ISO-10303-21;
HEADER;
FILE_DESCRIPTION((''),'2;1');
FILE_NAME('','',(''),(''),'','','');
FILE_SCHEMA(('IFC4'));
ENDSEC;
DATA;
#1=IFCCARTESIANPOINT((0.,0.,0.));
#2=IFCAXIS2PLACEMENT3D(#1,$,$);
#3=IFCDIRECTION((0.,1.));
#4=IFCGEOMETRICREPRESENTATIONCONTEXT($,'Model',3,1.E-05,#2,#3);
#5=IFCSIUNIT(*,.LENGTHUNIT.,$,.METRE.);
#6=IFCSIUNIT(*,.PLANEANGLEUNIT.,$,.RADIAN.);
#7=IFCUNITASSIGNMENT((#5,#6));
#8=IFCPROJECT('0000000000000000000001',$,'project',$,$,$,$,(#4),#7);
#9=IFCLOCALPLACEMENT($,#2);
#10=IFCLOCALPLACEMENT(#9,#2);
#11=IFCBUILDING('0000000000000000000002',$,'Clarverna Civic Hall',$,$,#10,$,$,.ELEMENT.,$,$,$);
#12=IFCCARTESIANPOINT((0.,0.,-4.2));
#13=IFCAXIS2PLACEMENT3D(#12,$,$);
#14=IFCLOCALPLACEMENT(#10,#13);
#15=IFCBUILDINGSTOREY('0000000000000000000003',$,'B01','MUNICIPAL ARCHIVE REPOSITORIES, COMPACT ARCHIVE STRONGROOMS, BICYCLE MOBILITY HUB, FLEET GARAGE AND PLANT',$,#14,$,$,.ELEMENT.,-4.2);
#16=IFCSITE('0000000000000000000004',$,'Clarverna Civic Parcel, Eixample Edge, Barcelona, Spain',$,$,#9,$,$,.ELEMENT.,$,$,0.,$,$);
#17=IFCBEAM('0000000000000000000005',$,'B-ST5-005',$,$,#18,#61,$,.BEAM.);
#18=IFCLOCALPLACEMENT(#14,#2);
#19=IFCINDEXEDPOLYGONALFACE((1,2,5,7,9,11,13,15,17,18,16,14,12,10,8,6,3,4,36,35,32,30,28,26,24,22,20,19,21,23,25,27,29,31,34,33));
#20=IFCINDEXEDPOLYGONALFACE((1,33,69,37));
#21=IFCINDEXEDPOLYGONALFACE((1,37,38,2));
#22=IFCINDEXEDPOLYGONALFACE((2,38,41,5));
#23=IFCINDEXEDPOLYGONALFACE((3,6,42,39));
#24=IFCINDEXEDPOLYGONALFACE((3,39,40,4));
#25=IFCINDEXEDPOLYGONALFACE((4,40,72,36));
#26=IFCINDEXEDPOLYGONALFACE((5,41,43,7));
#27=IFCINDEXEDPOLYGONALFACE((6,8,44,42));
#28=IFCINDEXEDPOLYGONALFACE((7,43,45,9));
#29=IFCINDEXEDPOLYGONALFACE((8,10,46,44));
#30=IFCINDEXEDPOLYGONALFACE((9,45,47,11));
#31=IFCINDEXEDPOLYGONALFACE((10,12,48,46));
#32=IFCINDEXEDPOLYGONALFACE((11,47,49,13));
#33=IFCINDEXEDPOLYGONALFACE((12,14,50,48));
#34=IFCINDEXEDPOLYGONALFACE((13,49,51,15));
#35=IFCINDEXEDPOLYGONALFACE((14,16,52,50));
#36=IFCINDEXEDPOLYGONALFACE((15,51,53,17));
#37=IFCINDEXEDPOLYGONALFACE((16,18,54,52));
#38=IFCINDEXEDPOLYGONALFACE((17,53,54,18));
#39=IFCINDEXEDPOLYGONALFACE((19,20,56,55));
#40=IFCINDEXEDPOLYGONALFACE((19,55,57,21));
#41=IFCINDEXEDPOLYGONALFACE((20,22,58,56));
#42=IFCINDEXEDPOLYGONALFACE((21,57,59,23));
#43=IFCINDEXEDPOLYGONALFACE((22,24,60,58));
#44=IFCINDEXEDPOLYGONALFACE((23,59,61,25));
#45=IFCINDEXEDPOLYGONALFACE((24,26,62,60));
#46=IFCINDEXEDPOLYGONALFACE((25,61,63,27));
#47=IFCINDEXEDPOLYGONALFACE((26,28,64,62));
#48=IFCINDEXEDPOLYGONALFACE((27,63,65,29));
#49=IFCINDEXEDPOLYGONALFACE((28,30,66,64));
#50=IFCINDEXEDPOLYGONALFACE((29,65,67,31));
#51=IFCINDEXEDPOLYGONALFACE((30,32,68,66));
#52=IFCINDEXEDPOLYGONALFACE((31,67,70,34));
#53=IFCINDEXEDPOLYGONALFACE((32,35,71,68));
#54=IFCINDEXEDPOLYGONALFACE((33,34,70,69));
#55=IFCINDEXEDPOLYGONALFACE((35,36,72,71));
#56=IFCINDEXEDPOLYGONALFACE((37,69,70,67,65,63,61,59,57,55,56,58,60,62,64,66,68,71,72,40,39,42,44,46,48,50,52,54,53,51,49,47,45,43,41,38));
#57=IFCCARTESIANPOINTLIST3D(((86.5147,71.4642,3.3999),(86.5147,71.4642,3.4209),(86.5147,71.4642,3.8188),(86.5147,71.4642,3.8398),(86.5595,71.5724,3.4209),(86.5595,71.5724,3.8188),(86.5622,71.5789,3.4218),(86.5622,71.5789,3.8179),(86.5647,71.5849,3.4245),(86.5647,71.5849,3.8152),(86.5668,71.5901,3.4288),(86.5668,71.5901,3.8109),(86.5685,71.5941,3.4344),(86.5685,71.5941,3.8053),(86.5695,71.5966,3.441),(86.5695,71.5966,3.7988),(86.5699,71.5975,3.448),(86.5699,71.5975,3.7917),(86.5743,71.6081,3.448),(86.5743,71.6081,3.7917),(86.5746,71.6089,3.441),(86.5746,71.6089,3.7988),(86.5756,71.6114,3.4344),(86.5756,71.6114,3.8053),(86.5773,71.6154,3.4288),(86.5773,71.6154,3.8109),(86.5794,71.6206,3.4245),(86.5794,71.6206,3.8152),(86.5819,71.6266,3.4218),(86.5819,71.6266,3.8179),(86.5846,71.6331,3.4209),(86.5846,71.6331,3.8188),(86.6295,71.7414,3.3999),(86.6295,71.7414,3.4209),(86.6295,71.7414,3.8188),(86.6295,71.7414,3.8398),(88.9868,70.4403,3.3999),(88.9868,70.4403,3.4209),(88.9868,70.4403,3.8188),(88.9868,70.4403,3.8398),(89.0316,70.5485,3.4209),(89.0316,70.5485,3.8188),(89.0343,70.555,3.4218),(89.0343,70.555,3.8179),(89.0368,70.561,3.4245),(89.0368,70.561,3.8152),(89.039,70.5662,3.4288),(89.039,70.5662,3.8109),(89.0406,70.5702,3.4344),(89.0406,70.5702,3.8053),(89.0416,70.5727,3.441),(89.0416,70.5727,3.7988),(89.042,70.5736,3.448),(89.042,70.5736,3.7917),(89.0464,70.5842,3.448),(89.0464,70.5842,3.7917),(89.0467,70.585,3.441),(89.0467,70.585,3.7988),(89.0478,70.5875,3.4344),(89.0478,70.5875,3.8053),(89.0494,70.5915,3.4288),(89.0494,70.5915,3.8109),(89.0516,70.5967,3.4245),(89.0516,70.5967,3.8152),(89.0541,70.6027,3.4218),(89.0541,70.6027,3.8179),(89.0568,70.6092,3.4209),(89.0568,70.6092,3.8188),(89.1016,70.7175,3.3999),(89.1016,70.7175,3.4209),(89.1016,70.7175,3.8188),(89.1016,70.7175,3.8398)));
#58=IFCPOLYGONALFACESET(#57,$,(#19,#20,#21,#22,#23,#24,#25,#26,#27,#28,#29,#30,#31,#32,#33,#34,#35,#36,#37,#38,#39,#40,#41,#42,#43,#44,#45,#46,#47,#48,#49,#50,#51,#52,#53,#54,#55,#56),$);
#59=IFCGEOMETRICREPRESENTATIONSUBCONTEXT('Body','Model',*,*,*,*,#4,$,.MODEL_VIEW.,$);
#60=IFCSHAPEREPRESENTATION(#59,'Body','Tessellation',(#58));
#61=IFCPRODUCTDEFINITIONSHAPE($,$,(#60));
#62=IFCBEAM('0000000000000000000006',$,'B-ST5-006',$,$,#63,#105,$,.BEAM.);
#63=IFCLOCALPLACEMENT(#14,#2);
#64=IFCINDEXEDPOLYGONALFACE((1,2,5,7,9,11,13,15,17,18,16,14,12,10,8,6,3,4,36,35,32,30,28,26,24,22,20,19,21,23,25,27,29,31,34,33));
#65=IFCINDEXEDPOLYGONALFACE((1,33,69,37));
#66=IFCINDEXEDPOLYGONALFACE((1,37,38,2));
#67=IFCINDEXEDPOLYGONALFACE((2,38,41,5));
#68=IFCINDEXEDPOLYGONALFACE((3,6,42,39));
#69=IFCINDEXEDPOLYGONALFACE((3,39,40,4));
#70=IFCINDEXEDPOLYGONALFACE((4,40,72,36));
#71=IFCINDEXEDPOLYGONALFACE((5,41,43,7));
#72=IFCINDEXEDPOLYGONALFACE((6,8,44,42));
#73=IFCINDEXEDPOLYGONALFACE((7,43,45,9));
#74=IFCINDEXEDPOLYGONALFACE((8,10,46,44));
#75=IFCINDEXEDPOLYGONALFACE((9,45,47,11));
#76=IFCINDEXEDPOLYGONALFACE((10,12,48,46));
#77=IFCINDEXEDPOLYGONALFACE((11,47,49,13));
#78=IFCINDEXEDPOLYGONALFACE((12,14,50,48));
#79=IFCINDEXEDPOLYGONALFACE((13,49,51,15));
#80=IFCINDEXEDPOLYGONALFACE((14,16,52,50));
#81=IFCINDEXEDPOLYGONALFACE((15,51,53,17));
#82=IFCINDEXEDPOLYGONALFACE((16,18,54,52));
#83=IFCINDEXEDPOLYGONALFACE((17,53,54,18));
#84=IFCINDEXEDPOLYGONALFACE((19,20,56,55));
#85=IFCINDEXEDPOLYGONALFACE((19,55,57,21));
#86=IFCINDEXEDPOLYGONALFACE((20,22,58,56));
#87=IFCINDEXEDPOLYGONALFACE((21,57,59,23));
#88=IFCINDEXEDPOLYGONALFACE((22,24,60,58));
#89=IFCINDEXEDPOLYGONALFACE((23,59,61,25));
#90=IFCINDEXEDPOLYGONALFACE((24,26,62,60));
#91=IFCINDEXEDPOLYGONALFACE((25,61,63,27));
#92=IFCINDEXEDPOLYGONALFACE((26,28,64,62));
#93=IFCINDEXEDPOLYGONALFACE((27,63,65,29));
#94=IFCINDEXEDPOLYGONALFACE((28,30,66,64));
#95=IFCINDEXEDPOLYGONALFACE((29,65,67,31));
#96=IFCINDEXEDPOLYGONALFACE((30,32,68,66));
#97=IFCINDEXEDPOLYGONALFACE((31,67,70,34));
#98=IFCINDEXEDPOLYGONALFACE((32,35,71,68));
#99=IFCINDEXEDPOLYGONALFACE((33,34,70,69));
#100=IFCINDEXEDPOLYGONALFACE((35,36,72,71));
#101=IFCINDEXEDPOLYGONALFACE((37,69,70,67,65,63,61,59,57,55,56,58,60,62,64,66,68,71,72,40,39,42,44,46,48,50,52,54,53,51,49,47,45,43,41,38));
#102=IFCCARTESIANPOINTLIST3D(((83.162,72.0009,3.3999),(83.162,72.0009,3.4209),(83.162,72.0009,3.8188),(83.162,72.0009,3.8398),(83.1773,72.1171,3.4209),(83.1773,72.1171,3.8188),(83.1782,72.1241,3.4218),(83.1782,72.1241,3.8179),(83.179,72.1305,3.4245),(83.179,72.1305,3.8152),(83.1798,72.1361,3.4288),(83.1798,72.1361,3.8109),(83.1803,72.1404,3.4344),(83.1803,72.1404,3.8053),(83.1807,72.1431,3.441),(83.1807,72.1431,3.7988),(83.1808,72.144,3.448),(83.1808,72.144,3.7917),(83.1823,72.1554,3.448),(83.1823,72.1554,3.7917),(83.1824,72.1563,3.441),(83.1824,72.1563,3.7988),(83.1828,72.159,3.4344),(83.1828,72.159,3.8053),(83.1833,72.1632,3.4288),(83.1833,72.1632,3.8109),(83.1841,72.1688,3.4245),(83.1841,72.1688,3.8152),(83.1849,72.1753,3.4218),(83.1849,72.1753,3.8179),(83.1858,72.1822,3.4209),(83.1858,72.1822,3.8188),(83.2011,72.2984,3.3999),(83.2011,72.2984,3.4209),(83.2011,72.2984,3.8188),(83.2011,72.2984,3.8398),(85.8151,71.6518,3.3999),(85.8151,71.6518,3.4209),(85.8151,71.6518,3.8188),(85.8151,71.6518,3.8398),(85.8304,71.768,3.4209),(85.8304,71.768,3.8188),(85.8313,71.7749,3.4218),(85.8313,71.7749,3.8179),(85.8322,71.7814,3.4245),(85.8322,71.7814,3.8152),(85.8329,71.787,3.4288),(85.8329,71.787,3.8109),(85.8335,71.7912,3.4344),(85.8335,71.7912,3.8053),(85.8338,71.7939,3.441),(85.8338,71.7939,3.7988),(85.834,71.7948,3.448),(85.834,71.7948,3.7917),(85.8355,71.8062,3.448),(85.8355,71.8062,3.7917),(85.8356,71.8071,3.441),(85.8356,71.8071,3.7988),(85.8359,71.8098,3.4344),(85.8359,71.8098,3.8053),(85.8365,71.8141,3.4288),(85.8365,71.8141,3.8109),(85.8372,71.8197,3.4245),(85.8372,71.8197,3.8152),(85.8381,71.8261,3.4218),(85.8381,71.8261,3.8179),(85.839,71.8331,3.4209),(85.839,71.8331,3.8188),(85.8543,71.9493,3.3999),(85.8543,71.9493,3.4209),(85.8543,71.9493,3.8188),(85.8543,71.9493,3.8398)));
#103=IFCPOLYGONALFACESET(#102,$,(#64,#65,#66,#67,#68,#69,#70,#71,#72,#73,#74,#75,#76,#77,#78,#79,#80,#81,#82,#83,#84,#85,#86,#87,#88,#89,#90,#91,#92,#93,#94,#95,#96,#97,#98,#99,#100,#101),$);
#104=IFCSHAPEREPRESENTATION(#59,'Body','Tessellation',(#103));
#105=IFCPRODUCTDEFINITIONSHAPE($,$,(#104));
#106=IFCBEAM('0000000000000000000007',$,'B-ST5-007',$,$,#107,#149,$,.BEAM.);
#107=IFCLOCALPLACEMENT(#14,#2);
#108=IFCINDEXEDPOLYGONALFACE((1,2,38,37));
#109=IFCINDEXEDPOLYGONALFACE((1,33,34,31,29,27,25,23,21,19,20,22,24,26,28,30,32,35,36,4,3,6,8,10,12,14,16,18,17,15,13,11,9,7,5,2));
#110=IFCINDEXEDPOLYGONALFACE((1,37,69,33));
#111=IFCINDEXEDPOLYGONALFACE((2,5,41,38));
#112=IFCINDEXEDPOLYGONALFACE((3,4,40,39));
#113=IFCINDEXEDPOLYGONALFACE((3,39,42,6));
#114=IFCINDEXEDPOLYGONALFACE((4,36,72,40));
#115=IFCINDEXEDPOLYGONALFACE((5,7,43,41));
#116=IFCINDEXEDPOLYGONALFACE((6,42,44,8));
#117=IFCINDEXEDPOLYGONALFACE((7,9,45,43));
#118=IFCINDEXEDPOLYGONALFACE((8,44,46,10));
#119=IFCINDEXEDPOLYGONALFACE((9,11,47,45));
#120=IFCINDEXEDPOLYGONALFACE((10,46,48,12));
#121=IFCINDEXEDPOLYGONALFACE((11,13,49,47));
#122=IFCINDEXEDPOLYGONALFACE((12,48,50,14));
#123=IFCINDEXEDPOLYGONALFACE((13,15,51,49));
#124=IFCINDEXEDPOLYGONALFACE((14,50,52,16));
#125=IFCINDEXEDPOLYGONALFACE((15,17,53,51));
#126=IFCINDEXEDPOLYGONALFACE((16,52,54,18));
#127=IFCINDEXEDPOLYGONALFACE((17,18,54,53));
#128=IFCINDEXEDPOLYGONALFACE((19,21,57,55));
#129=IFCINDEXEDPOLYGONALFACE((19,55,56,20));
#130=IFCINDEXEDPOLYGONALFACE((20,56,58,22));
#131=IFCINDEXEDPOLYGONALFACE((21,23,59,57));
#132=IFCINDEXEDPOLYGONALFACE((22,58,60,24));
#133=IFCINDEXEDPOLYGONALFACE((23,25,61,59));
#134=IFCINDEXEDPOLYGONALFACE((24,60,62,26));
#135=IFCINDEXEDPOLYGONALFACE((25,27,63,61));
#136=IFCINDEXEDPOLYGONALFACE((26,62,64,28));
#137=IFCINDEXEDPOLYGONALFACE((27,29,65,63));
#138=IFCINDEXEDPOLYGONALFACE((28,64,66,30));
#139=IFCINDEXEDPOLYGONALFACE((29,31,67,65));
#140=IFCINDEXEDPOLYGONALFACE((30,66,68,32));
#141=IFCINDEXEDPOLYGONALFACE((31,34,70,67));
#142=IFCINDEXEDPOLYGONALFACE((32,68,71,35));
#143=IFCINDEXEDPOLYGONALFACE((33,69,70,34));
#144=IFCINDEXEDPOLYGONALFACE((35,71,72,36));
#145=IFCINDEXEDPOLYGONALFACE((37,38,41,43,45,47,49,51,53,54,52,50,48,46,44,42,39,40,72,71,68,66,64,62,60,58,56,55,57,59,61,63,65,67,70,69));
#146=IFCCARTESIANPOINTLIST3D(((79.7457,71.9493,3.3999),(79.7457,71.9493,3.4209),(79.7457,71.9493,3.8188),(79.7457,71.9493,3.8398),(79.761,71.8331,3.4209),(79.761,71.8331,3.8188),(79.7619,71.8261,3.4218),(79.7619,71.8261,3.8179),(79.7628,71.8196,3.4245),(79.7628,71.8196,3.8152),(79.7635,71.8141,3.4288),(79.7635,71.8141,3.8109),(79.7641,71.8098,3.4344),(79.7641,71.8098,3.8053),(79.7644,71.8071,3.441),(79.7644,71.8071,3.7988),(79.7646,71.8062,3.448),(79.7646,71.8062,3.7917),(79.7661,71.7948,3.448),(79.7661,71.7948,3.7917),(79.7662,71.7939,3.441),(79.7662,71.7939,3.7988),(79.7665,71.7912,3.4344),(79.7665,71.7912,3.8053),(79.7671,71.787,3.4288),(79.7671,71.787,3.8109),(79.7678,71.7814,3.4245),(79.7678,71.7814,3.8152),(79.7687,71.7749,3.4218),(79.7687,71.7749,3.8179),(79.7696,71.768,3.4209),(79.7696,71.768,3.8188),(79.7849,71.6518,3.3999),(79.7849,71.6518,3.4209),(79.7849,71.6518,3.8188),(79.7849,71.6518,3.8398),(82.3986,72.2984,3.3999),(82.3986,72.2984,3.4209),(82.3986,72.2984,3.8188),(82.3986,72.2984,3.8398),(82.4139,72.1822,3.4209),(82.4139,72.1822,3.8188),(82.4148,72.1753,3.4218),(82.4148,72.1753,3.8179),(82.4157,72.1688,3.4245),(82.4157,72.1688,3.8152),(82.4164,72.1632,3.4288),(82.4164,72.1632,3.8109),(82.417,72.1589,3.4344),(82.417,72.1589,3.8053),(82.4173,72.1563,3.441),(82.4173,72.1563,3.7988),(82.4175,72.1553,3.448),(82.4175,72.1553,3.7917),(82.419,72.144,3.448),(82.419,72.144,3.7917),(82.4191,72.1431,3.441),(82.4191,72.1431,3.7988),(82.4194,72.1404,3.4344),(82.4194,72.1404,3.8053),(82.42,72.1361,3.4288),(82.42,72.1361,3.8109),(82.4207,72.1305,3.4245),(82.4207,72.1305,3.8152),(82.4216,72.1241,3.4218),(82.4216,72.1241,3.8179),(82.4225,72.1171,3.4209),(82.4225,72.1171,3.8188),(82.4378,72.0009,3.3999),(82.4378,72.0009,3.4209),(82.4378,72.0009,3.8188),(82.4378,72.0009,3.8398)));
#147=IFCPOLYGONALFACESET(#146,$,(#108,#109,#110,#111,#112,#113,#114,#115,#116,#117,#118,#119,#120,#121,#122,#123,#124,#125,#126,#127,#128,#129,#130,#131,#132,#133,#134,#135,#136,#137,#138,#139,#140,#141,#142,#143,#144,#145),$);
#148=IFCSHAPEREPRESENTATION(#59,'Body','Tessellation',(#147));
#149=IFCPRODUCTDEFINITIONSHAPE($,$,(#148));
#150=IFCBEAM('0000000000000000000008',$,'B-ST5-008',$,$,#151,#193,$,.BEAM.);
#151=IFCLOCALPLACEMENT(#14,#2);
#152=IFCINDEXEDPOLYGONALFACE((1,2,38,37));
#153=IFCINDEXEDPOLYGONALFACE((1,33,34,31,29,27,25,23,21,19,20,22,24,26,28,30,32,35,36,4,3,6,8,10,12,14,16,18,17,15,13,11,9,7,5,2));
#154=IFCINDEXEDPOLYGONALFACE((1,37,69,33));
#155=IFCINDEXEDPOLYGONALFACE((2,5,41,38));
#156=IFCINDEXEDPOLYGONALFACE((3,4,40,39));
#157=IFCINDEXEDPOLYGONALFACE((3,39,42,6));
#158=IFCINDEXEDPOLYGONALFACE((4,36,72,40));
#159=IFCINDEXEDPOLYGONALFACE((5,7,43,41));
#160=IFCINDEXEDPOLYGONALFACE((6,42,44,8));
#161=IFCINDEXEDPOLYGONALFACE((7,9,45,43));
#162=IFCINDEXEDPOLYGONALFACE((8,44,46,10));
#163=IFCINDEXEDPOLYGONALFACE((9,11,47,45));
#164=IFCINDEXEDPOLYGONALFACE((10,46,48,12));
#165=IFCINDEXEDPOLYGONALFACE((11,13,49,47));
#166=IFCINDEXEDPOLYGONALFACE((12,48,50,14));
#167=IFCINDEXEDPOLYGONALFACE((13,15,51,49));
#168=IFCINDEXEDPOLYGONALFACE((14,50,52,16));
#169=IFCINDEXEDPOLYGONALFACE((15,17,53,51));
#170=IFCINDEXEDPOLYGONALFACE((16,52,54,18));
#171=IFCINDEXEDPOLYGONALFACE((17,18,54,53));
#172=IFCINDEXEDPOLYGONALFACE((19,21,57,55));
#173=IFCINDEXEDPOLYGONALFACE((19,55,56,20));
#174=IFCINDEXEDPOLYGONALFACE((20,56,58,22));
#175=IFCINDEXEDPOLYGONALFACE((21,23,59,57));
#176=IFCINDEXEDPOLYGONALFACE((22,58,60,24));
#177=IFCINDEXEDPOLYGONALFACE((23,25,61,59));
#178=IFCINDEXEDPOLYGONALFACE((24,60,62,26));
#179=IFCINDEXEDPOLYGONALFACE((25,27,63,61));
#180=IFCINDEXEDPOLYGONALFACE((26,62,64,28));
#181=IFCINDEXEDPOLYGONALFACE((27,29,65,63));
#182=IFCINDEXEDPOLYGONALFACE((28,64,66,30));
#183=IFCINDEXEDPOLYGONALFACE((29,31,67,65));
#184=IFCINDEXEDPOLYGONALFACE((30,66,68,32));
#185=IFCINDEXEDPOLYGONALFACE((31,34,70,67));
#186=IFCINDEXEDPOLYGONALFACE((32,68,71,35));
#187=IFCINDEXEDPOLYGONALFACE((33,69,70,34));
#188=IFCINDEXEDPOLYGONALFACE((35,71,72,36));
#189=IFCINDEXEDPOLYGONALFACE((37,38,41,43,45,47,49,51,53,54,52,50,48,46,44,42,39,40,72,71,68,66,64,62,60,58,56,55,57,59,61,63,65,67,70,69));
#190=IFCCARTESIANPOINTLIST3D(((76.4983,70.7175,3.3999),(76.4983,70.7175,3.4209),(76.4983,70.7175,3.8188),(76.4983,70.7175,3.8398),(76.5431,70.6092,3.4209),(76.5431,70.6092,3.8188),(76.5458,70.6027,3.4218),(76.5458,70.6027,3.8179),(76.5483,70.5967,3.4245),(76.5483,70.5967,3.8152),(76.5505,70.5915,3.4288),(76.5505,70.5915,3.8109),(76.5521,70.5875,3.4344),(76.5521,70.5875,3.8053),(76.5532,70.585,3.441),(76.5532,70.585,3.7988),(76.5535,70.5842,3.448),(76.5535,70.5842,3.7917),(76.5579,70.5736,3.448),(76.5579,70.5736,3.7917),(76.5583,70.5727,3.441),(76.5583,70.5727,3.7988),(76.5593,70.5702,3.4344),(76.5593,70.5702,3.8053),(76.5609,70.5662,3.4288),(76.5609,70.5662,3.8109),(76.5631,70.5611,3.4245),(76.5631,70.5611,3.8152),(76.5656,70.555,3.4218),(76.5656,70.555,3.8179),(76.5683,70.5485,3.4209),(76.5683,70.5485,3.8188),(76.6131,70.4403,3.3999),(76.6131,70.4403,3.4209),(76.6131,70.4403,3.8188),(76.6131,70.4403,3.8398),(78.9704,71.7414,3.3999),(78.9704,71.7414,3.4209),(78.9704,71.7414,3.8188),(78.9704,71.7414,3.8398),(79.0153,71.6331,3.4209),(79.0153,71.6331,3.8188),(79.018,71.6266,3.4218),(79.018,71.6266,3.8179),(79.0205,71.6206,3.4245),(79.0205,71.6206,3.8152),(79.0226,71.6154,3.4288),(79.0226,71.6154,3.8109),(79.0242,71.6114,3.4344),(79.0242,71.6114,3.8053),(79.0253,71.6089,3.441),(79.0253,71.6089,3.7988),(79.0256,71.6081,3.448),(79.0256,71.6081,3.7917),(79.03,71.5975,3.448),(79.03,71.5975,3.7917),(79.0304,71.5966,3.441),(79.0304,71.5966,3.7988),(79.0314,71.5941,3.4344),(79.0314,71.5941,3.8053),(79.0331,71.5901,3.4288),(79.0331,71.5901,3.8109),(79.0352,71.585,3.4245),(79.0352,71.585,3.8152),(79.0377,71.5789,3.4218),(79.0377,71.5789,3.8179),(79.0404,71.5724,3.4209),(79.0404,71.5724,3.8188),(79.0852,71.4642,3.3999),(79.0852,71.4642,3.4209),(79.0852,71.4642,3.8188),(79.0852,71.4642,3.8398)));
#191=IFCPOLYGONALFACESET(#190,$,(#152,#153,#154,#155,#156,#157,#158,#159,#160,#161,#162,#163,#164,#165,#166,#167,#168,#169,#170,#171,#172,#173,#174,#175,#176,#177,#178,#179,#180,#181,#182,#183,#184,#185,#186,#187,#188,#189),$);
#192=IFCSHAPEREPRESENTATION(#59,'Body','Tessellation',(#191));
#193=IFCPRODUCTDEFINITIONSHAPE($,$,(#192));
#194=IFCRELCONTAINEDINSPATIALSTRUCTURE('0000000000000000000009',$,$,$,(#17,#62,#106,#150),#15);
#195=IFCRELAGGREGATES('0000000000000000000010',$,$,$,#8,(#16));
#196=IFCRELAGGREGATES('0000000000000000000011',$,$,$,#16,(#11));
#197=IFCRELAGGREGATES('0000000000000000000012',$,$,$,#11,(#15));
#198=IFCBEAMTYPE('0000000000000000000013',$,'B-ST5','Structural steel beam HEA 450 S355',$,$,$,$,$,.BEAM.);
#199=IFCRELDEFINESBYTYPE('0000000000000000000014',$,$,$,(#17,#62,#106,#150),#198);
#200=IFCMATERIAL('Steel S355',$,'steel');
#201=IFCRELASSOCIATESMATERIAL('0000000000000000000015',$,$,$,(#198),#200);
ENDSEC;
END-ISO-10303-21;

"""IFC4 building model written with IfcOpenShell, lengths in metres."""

from ifc_helpers import new_model, si_unit, direction, frame, origin, origin_2d, place, context, subcontext, project, spatial, i_section, extrude, material, material_profile, profile_set, type_object, element, save


model = new_model("IFC4")

# Units and contexts
model_context = context("Model", 3, precision=1e-05, world=origin(), true_north=direction((0.0, 1.0)))
body_context = subcontext(model_context, "Body", "Model", "MODEL_VIEW")
ifc_project = project(units=[si_unit("LENGTHUNIT", "METRE"), si_unit("PLANEANGLEUNIT", "RADIAN")], contexts=[model_context])

# Site, building, storey
site_placement = place(None, origin())
site = spatial("IfcSite", under=ifc_project, at=site_placement, Name="Clarverna Civic Parcel, Eixample Edge, Barcelona, Spain", CompositionType="ELEMENT", RefElevation=0.0)
building_placement = place(site_placement, origin())
building = spatial("IfcBuilding", under=site, at=building_placement, Name="Clarverna Civic Hall", CompositionType="ELEMENT")
storey_placement = place(building_placement, frame((0.0, 0.0, -4.2)))
storey = spatial("IfcBuildingStorey", under=building, at=storey_placement, Name="B01", Description="MUNICIPAL ARCHIVE REPOSITORIES, COMPACT ARCHIVE STRONGROOMS, BICYCLE MOBILITY HUB, FLEET GARAGE AND PLANT", CompositionType="ELEMENT", Elevation=-4.2)

# Beams
ifc_material_1 = material(Name="Steel S355", Category="steel")
ifc_material_profile_1 = material_profile(ifc_material_1, i_section(OverallWidth=0.3, OverallDepth=0.4399, WebThickness=0.0115, FlangeThickness=0.021, FilletRadius=0.0271, at=origin_2d()), Name="HEA 450")
ifc_profile_set_1 = profile_set([ifc_material_profile_1], Name="Steel S355")
beam_type_1 = type_object("IfcBeamType", Name="B-ST5", Description="Structural steel beam HEA 450 S355", PredefinedType="BEAM", material=ifc_profile_set_1)
beam_1_placement = place(storey_placement, frame((89.0442, 70.5789, 3.6199), z_axis=(-0.92389, 0.382658, 0.0), x_axis=(-0.382658, -0.92389, 0.0)))
element("IfcBeam", 1, at=beam_1_placement, inside=storey, type_object=beam_type_1, Name="B-ST5-005", PredefinedType="BEAM", context=body_context, shape_type="SweptSolid", body=[
    extrude(i_section(OverallWidth=0.3, OverallDepth=0.4399, WebThickness=0.0115, FlangeThickness=0.021, FilletRadius=0.0271, at=origin_2d()), origin(), (0.0, 0.0, 1.0), 2.6758),
])
beam_2_placement = place(storey_placement, frame((85.8347, 71.8005, 3.6199), z_axis=(-0.991453, 0.130466, 0.0), x_axis=(-0.130466, -0.991453, 0.0)))
element("IfcBeam", 2, at=beam_2_placement, inside=storey, type_object=beam_type_1, Name="B-ST5-006", PredefinedType="BEAM", context=body_context, shape_type="SweptSolid", body=[
    extrude(i_section(OverallWidth=0.3, OverallDepth=0.4399, WebThickness=0.0115, FlangeThickness=0.021, FilletRadius=0.0271, at=origin_2d()), origin(), (0.0, 0.0, 1.0), 2.676),
])
for number, where, z_axis, x_axis, name in (
    (3, (82.4182, 72.1497, 3.6199), (-0.991451, -0.130478, 0.0), (0.130478, -0.991451, 0.0), "B-ST5-007"),
    (4, (79.0278, 71.6028, 3.6199), (-0.92389, -0.382658, 0.0), (0.382658, -0.92389, 0.0), "B-ST5-008"),
):
    element("IfcBeam", number, at=place(storey_placement, frame(where, z_axis=z_axis, x_axis=x_axis)), inside=storey, type_object=beam_type_1, Name=name, PredefinedType="BEAM", context=body_context, shape_type="SweptSolid", body=[
        extrude(i_section(OverallWidth=0.3, OverallDepth=0.4399, WebThickness=0.0115, FlangeThickness=0.021, FilletRadius=0.0271, at=origin_2d()), origin(), (0.0, 0.0, 1.0), 2.6758),
    ])

save(model, "model.ifc")
